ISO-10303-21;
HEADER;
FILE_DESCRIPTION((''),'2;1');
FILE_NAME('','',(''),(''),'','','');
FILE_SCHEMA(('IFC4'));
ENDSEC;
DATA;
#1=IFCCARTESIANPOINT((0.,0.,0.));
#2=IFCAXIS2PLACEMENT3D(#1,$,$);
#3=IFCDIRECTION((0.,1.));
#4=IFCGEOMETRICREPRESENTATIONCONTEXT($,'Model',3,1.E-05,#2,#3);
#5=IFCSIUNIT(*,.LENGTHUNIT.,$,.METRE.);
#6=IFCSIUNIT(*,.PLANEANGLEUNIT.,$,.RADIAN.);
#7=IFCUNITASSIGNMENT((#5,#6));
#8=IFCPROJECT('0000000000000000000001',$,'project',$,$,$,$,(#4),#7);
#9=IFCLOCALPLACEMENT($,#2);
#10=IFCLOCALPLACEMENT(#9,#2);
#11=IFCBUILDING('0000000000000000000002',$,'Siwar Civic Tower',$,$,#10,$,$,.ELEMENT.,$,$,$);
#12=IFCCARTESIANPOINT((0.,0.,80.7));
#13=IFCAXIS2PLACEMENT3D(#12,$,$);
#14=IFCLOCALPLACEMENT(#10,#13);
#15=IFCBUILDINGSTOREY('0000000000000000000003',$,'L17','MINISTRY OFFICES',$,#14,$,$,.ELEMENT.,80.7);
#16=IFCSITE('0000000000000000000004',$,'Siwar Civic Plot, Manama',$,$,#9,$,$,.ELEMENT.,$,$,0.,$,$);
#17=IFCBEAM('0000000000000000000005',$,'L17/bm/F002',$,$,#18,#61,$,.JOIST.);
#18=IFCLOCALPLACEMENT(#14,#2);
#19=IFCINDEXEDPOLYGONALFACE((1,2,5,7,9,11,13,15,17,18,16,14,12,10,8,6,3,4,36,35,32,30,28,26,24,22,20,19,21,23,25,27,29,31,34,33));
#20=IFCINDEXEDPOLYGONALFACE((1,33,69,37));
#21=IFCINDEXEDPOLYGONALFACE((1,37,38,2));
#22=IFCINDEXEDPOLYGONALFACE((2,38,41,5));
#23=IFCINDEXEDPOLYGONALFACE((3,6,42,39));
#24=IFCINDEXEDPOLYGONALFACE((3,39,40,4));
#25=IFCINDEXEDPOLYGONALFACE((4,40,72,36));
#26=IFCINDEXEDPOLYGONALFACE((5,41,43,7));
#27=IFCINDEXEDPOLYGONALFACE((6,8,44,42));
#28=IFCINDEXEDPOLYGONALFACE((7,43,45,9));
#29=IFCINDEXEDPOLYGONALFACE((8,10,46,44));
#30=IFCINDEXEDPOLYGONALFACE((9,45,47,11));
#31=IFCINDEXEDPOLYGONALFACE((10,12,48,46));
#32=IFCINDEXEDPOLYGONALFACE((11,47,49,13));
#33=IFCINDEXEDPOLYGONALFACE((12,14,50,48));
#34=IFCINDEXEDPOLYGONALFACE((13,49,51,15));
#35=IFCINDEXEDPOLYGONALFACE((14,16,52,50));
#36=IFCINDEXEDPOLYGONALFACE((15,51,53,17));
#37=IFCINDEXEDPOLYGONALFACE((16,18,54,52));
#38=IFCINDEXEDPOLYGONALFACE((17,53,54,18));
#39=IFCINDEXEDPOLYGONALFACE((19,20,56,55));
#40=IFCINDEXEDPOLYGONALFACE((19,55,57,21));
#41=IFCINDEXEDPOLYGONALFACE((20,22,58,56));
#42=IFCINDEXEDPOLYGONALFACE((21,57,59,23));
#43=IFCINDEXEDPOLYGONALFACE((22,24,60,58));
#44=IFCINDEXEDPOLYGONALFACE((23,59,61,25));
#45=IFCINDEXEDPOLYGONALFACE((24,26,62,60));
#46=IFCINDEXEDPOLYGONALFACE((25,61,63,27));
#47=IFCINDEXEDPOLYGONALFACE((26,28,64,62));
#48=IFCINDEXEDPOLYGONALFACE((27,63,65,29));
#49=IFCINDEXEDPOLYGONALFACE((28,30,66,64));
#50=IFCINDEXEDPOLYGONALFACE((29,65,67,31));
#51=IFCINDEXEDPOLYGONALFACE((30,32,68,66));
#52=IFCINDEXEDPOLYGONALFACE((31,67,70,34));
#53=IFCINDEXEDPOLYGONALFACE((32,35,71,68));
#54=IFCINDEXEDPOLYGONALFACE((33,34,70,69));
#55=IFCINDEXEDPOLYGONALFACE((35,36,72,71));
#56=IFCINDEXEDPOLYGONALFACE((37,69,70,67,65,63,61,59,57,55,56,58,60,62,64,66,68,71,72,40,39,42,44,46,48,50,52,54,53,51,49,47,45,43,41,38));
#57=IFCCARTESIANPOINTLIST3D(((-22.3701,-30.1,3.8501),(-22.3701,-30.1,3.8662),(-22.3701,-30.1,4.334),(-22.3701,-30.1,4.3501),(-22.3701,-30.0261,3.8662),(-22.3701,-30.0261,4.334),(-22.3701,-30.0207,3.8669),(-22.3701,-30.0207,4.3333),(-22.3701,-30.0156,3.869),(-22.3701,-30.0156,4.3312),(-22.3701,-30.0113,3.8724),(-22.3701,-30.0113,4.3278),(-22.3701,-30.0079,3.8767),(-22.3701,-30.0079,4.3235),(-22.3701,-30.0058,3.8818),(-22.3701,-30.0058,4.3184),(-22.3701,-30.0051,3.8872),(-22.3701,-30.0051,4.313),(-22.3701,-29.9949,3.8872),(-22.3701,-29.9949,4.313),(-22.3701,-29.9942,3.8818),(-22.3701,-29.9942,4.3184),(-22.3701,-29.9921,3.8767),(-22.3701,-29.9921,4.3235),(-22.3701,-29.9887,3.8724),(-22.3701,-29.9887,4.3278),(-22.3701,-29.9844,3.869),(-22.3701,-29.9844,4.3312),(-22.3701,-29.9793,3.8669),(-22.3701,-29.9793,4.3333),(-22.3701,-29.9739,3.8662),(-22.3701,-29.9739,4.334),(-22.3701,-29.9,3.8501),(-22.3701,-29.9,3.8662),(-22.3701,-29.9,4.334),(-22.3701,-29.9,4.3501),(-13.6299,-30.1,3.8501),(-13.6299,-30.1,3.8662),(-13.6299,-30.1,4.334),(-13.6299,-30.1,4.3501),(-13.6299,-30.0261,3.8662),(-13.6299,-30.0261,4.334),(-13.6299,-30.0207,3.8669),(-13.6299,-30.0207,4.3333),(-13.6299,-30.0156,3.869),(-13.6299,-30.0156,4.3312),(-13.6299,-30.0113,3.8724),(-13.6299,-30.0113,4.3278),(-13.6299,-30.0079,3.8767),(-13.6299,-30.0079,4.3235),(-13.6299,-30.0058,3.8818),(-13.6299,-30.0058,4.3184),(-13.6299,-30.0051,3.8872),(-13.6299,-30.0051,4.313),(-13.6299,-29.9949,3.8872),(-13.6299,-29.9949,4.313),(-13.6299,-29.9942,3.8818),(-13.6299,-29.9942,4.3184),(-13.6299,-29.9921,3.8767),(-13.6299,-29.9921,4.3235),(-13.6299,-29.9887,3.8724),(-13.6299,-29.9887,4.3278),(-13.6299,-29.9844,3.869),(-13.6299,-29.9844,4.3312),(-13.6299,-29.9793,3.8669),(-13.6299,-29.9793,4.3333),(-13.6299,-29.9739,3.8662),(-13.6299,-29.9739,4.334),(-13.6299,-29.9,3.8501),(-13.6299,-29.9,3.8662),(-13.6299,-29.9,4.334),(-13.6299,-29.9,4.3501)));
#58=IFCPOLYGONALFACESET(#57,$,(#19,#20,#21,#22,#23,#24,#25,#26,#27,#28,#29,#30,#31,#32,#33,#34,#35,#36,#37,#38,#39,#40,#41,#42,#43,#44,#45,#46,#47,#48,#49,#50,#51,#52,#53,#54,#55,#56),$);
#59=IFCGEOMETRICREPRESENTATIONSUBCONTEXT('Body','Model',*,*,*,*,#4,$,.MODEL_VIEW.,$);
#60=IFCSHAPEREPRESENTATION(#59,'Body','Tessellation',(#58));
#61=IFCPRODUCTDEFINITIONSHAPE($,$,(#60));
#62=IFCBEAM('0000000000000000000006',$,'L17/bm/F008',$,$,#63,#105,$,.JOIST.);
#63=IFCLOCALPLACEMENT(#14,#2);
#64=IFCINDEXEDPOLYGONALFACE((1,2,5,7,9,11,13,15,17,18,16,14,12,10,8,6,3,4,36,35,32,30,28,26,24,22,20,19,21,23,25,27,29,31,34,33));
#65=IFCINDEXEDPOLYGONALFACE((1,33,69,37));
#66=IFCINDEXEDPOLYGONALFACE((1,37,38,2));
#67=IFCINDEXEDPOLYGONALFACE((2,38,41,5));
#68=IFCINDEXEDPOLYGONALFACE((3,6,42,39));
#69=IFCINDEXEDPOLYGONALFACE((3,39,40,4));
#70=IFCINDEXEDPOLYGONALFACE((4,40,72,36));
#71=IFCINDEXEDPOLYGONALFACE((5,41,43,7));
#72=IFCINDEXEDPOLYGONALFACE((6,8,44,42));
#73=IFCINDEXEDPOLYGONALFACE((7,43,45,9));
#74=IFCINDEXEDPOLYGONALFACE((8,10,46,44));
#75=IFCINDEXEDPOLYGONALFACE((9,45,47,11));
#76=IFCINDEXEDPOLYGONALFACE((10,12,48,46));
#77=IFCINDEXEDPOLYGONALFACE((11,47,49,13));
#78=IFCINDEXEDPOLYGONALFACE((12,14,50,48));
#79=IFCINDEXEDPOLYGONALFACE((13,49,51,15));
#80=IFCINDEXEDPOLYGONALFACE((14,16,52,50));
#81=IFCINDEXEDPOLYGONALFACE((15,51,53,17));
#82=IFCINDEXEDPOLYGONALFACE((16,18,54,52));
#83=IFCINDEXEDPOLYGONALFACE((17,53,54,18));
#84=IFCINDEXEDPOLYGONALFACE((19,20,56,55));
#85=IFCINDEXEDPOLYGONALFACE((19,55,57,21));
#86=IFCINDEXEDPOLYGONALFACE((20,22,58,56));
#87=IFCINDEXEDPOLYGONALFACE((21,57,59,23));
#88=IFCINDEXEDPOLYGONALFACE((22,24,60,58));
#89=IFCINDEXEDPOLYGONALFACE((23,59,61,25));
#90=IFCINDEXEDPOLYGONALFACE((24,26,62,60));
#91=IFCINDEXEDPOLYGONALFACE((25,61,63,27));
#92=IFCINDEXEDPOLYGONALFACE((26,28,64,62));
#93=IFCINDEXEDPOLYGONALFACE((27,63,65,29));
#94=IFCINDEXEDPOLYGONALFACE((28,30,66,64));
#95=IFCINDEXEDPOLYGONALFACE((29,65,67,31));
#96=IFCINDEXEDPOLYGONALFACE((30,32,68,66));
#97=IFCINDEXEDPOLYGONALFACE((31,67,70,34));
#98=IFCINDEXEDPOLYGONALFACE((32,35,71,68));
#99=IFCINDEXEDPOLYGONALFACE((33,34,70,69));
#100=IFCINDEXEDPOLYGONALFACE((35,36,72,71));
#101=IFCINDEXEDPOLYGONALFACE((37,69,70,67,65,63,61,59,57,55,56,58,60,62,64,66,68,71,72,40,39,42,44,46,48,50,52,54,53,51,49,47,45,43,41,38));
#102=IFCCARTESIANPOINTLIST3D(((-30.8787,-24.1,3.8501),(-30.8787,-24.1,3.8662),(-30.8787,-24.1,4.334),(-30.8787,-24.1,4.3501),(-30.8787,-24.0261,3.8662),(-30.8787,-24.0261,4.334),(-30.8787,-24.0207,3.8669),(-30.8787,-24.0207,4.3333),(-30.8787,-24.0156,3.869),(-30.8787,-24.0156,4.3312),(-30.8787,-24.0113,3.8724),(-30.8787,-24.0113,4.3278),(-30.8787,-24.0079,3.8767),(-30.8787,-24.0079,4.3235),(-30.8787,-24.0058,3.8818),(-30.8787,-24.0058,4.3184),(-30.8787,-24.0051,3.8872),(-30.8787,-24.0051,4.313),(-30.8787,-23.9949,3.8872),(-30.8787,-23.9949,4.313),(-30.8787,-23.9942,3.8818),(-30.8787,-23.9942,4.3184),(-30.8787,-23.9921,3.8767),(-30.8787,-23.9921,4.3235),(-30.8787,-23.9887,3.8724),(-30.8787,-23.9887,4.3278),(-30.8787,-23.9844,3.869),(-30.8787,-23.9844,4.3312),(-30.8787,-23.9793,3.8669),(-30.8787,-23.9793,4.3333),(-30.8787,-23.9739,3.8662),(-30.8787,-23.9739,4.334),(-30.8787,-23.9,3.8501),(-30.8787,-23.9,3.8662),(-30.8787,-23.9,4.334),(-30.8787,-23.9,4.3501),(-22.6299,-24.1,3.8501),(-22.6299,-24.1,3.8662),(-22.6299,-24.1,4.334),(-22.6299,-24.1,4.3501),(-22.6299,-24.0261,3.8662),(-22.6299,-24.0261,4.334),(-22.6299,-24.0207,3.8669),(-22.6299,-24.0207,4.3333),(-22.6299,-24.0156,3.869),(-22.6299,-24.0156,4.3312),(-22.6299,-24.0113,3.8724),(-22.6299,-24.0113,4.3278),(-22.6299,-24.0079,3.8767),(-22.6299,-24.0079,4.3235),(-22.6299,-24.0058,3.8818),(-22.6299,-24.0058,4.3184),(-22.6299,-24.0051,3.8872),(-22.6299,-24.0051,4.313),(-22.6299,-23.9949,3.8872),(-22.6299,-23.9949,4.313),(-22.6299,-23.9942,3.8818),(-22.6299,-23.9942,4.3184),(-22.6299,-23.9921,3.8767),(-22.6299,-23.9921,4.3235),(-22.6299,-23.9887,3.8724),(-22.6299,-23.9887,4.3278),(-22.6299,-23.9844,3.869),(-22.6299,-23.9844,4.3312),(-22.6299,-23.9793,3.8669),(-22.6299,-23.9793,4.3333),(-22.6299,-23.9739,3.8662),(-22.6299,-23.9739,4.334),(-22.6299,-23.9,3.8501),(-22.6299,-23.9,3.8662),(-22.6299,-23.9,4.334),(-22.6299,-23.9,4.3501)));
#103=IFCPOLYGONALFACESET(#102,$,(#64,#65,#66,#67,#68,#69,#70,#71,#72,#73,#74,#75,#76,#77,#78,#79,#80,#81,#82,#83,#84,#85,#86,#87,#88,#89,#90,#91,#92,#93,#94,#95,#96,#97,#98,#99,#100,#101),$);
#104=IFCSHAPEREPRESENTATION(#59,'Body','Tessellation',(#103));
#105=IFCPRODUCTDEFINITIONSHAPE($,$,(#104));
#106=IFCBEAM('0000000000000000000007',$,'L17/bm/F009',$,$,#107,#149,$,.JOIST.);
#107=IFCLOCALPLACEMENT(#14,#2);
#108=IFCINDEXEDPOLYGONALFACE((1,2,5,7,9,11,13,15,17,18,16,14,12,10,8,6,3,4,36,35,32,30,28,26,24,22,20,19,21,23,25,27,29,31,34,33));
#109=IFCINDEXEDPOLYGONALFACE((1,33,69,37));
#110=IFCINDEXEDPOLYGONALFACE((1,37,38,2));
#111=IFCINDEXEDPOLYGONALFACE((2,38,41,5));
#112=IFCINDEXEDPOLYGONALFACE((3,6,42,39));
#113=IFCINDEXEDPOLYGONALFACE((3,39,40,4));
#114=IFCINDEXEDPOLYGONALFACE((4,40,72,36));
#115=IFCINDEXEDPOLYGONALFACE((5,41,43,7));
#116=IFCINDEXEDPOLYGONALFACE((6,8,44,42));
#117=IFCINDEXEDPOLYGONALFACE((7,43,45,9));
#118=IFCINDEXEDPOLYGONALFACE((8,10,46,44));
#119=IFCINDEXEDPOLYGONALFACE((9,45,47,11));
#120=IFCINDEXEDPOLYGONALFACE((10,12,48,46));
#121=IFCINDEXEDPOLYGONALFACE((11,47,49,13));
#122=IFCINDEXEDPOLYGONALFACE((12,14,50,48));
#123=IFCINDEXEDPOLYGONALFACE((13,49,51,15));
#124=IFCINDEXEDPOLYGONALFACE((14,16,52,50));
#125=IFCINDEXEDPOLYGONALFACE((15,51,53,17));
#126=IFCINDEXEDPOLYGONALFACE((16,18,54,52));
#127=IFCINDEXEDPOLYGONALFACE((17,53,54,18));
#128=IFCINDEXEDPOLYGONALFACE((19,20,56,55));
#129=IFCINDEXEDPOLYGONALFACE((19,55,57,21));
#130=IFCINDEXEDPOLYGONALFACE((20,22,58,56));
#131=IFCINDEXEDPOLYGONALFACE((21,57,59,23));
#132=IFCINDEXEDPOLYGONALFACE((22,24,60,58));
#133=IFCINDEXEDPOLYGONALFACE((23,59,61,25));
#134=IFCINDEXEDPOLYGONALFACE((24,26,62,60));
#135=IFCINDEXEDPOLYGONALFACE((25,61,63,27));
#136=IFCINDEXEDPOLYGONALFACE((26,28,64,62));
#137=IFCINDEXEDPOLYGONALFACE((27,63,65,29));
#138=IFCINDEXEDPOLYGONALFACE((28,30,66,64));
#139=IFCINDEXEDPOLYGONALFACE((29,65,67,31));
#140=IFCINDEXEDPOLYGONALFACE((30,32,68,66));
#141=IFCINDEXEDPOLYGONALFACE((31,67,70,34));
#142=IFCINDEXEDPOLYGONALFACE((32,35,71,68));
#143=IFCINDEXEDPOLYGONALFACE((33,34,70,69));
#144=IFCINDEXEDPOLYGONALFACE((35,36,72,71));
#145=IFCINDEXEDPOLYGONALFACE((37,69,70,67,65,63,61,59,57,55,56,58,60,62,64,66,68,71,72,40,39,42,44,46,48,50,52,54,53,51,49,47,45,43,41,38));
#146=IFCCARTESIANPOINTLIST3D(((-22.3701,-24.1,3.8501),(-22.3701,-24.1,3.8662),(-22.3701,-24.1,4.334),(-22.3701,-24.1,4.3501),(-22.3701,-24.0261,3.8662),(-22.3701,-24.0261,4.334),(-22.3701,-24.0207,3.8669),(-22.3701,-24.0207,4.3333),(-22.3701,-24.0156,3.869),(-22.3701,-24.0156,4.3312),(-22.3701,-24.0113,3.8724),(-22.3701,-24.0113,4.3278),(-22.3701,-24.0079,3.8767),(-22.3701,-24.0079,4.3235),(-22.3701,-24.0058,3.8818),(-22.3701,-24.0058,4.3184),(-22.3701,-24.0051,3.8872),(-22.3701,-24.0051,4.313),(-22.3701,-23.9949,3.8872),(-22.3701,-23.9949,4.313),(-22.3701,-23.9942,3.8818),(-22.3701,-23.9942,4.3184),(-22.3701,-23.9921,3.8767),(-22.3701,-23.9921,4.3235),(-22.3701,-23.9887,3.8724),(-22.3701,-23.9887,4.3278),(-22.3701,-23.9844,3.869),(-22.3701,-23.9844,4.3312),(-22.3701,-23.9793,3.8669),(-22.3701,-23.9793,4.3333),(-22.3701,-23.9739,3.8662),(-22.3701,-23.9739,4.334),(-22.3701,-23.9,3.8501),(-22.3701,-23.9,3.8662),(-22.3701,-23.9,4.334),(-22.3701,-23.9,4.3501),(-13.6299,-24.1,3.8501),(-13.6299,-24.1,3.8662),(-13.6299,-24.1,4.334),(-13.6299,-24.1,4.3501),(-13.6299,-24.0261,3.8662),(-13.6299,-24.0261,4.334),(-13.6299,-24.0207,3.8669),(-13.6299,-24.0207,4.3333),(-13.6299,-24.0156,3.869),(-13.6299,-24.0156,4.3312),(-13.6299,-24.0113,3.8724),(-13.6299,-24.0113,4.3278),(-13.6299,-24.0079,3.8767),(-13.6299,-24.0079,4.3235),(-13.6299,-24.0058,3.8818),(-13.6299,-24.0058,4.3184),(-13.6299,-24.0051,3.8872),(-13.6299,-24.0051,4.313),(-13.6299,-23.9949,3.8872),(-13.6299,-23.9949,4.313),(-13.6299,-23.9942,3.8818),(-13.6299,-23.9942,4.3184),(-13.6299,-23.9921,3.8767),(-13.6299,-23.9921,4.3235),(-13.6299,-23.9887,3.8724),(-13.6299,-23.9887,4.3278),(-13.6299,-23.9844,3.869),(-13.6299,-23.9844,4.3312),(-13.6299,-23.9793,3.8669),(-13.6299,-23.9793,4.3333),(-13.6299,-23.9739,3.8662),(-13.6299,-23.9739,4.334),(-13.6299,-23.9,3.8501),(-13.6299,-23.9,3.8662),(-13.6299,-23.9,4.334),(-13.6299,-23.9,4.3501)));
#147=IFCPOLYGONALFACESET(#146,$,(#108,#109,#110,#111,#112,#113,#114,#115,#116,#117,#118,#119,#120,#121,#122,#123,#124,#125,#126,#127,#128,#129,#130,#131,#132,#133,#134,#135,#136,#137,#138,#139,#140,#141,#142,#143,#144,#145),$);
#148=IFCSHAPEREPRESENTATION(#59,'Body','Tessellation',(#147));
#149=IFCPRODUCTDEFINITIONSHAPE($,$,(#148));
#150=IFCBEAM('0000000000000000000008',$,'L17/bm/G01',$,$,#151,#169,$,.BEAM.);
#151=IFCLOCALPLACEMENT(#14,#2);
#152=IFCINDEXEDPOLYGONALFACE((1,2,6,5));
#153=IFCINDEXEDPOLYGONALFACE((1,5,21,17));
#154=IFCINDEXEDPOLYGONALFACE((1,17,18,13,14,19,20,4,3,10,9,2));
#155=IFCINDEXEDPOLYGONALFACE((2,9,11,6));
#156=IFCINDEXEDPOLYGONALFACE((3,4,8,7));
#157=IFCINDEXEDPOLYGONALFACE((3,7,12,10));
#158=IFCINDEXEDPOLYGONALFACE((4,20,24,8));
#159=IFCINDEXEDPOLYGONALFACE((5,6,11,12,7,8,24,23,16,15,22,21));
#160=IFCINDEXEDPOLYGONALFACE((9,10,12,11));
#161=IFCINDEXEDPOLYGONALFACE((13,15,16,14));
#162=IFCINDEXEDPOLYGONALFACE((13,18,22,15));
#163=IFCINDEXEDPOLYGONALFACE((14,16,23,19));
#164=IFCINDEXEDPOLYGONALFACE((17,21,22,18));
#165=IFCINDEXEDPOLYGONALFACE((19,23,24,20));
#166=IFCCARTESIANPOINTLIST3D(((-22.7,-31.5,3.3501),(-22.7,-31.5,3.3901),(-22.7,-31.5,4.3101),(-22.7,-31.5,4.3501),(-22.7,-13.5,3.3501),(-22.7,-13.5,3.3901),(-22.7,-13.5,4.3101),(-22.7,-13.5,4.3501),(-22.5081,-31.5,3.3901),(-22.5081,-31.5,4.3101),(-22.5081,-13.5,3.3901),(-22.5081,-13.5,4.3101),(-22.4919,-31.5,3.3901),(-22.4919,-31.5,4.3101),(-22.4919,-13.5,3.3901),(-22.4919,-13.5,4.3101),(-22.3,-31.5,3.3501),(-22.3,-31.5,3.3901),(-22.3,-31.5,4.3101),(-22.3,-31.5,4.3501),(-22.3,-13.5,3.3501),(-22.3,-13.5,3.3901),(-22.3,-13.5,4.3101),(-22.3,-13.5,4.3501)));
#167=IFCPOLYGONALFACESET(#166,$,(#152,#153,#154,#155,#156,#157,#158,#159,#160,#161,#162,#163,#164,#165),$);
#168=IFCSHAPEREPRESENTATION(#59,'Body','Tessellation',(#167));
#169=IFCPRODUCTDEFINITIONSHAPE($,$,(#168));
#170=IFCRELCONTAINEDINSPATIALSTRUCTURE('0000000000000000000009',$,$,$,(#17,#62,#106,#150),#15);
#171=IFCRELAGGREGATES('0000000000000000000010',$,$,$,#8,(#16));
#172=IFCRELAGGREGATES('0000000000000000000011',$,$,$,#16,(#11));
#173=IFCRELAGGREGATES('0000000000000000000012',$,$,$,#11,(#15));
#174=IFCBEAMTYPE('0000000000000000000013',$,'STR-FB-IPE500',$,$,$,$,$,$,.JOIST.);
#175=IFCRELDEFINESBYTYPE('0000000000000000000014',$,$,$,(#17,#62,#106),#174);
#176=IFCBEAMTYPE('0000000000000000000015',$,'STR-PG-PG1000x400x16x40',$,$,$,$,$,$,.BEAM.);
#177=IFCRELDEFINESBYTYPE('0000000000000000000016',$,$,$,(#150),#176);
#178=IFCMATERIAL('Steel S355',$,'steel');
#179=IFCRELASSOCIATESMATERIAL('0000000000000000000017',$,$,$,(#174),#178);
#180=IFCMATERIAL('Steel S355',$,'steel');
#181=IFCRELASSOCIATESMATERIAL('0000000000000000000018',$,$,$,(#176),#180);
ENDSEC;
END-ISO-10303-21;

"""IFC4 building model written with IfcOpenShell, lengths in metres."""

from ifc_helpers import new_model, si_unit, direction, frame, origin, origin_2d, place, context, subcontext, project, spatial, i_section, extrude, material, material_profile, profile_set, type_object, element, save


model = new_model("IFC4")

# Units and contexts
model_context = context("Model", 3, precision=1e-05, world=origin(), true_north=direction((0.0, 1.0)))
body_context = subcontext(model_context, "Body", "Model", "MODEL_VIEW")
ifc_project = project(units=[si_unit("LENGTHUNIT", "METRE"), si_unit("PLANEANGLEUNIT", "RADIAN")], contexts=[model_context])

# Site, building, storey
site_placement = place(None, origin())
site = spatial("IfcSite", under=ifc_project, at=site_placement, Name="Siwar Civic Plot, Manama", CompositionType="ELEMENT", RefElevation=0.0)
building_placement = place(site_placement, origin())
building = spatial("IfcBuilding", under=site, at=building_placement, Name="Siwar Civic Tower", CompositionType="ELEMENT")
storey_placement = place(building_placement, frame((0.0, 0.0, 80.7)))
storey = spatial("IfcBuildingStorey", under=building, at=storey_placement, Name="L17", Description="MINISTRY OFFICES", CompositionType="ELEMENT", Elevation=80.7)

# Beams
ifc_material_1 = material(Name="Steel S355", Category="steel")
ifc_material_profile_1 = material_profile(ifc_material_1, i_section(OverallWidth=0.2, OverallDepth=0.5, WebThickness=0.0103, FlangeThickness=0.0161, FilletRadius=0.021, at=origin_2d()), Name="IPE500")
ifc_profile_set_1 = profile_set([ifc_material_profile_1], Name="Steel S355")
beam_type_1 = type_object("IfcBeamType", Name="STR-FB-IPE500", PredefinedType="JOIST", material=ifc_profile_set_1)
beam_1_placement = place(storey_placement, frame((-22.3701, -30.0, 4.1001), z_axis=(1.0, 0.0, 0.0), x_axis=(0.0, 1.0, 0.0)))
element("IfcBeam", 1, at=beam_1_placement, inside=storey, type_object=beam_type_1, Name="L17/bm/F002", PredefinedType="JOIST", context=body_context, shape_type="SweptSolid", body=[
    extrude(i_section(OverallWidth=0.2, OverallDepth=0.5, WebThickness=0.0103, FlangeThickness=0.0161, FilletRadius=0.021, at=origin_2d()), origin(), (0.0, 0.0, 1.0), 8.7402),
])
beam_2_placement = place(storey_placement, frame((-30.8787, -24.0, 4.1001), z_axis=(1.0, 0.0, 0.0), x_axis=(0.0, 1.0, 0.0)))
element("IfcBeam", 2, at=beam_2_placement, inside=storey, type_object=beam_type_1, Name="L17/bm/F008", PredefinedType="JOIST", context=body_context, shape_type="SweptSolid", body=[
    extrude(i_section(OverallWidth=0.2, OverallDepth=0.5, WebThickness=0.0103, FlangeThickness=0.0161, FilletRadius=0.021, at=origin_2d()), origin(), (0.0, 0.0, 1.0), 8.2488),
])
beam_3_placement = place(storey_placement, frame((-22.3701, -24.0, 4.1001), z_axis=(1.0, 0.0, 0.0), x_axis=(0.0, 1.0, 0.0)))
element("IfcBeam", 3, at=beam_3_placement, inside=storey, type_object=beam_type_1, Name="L17/bm/F009", PredefinedType="JOIST", context=body_context, shape_type="SweptSolid", body=[
    extrude(i_section(OverallWidth=0.2, OverallDepth=0.5, WebThickness=0.0103, FlangeThickness=0.0161, FilletRadius=0.021, at=origin_2d()), origin(), (0.0, 0.0, 1.0), 8.7402),
])
ifc_material_2 = material(Name="Steel S355", Category="steel")
ifc_material_profile_2 = material_profile(ifc_material_2, i_section(OverallWidth=0.3999, OverallDepth=1.0, WebThickness=0.0161, FlangeThickness=0.04, at=origin_2d()), Name="PG1000x400x16x40")
ifc_profile_set_2 = profile_set([ifc_material_profile_2], Name="Steel S355")
beam_type_2 = type_object("IfcBeamType", Name="STR-PG-PG1000x400x16x40", PredefinedType="BEAM", material=ifc_profile_set_2)
beam_4_placement = place(storey_placement, frame((-22.5, -31.5, 3.8501), z_axis=(0.0, 1.0, 0.0), x_axis=(-1.0, 0.0, 0.0)))
element("IfcBeam", 4, at=beam_4_placement, inside=storey, type_object=beam_type_2, Name="L17/bm/G01", PredefinedType="BEAM", context=body_context, shape_type="SweptSolid", body=[
    extrude(i_section(OverallWidth=0.3999, OverallDepth=1.0, WebThickness=0.0161, FlangeThickness=0.04, at=origin_2d()), origin(), (0.0, 0.0, 1.0), 18.0),
])

save(model, "model.ifc")
